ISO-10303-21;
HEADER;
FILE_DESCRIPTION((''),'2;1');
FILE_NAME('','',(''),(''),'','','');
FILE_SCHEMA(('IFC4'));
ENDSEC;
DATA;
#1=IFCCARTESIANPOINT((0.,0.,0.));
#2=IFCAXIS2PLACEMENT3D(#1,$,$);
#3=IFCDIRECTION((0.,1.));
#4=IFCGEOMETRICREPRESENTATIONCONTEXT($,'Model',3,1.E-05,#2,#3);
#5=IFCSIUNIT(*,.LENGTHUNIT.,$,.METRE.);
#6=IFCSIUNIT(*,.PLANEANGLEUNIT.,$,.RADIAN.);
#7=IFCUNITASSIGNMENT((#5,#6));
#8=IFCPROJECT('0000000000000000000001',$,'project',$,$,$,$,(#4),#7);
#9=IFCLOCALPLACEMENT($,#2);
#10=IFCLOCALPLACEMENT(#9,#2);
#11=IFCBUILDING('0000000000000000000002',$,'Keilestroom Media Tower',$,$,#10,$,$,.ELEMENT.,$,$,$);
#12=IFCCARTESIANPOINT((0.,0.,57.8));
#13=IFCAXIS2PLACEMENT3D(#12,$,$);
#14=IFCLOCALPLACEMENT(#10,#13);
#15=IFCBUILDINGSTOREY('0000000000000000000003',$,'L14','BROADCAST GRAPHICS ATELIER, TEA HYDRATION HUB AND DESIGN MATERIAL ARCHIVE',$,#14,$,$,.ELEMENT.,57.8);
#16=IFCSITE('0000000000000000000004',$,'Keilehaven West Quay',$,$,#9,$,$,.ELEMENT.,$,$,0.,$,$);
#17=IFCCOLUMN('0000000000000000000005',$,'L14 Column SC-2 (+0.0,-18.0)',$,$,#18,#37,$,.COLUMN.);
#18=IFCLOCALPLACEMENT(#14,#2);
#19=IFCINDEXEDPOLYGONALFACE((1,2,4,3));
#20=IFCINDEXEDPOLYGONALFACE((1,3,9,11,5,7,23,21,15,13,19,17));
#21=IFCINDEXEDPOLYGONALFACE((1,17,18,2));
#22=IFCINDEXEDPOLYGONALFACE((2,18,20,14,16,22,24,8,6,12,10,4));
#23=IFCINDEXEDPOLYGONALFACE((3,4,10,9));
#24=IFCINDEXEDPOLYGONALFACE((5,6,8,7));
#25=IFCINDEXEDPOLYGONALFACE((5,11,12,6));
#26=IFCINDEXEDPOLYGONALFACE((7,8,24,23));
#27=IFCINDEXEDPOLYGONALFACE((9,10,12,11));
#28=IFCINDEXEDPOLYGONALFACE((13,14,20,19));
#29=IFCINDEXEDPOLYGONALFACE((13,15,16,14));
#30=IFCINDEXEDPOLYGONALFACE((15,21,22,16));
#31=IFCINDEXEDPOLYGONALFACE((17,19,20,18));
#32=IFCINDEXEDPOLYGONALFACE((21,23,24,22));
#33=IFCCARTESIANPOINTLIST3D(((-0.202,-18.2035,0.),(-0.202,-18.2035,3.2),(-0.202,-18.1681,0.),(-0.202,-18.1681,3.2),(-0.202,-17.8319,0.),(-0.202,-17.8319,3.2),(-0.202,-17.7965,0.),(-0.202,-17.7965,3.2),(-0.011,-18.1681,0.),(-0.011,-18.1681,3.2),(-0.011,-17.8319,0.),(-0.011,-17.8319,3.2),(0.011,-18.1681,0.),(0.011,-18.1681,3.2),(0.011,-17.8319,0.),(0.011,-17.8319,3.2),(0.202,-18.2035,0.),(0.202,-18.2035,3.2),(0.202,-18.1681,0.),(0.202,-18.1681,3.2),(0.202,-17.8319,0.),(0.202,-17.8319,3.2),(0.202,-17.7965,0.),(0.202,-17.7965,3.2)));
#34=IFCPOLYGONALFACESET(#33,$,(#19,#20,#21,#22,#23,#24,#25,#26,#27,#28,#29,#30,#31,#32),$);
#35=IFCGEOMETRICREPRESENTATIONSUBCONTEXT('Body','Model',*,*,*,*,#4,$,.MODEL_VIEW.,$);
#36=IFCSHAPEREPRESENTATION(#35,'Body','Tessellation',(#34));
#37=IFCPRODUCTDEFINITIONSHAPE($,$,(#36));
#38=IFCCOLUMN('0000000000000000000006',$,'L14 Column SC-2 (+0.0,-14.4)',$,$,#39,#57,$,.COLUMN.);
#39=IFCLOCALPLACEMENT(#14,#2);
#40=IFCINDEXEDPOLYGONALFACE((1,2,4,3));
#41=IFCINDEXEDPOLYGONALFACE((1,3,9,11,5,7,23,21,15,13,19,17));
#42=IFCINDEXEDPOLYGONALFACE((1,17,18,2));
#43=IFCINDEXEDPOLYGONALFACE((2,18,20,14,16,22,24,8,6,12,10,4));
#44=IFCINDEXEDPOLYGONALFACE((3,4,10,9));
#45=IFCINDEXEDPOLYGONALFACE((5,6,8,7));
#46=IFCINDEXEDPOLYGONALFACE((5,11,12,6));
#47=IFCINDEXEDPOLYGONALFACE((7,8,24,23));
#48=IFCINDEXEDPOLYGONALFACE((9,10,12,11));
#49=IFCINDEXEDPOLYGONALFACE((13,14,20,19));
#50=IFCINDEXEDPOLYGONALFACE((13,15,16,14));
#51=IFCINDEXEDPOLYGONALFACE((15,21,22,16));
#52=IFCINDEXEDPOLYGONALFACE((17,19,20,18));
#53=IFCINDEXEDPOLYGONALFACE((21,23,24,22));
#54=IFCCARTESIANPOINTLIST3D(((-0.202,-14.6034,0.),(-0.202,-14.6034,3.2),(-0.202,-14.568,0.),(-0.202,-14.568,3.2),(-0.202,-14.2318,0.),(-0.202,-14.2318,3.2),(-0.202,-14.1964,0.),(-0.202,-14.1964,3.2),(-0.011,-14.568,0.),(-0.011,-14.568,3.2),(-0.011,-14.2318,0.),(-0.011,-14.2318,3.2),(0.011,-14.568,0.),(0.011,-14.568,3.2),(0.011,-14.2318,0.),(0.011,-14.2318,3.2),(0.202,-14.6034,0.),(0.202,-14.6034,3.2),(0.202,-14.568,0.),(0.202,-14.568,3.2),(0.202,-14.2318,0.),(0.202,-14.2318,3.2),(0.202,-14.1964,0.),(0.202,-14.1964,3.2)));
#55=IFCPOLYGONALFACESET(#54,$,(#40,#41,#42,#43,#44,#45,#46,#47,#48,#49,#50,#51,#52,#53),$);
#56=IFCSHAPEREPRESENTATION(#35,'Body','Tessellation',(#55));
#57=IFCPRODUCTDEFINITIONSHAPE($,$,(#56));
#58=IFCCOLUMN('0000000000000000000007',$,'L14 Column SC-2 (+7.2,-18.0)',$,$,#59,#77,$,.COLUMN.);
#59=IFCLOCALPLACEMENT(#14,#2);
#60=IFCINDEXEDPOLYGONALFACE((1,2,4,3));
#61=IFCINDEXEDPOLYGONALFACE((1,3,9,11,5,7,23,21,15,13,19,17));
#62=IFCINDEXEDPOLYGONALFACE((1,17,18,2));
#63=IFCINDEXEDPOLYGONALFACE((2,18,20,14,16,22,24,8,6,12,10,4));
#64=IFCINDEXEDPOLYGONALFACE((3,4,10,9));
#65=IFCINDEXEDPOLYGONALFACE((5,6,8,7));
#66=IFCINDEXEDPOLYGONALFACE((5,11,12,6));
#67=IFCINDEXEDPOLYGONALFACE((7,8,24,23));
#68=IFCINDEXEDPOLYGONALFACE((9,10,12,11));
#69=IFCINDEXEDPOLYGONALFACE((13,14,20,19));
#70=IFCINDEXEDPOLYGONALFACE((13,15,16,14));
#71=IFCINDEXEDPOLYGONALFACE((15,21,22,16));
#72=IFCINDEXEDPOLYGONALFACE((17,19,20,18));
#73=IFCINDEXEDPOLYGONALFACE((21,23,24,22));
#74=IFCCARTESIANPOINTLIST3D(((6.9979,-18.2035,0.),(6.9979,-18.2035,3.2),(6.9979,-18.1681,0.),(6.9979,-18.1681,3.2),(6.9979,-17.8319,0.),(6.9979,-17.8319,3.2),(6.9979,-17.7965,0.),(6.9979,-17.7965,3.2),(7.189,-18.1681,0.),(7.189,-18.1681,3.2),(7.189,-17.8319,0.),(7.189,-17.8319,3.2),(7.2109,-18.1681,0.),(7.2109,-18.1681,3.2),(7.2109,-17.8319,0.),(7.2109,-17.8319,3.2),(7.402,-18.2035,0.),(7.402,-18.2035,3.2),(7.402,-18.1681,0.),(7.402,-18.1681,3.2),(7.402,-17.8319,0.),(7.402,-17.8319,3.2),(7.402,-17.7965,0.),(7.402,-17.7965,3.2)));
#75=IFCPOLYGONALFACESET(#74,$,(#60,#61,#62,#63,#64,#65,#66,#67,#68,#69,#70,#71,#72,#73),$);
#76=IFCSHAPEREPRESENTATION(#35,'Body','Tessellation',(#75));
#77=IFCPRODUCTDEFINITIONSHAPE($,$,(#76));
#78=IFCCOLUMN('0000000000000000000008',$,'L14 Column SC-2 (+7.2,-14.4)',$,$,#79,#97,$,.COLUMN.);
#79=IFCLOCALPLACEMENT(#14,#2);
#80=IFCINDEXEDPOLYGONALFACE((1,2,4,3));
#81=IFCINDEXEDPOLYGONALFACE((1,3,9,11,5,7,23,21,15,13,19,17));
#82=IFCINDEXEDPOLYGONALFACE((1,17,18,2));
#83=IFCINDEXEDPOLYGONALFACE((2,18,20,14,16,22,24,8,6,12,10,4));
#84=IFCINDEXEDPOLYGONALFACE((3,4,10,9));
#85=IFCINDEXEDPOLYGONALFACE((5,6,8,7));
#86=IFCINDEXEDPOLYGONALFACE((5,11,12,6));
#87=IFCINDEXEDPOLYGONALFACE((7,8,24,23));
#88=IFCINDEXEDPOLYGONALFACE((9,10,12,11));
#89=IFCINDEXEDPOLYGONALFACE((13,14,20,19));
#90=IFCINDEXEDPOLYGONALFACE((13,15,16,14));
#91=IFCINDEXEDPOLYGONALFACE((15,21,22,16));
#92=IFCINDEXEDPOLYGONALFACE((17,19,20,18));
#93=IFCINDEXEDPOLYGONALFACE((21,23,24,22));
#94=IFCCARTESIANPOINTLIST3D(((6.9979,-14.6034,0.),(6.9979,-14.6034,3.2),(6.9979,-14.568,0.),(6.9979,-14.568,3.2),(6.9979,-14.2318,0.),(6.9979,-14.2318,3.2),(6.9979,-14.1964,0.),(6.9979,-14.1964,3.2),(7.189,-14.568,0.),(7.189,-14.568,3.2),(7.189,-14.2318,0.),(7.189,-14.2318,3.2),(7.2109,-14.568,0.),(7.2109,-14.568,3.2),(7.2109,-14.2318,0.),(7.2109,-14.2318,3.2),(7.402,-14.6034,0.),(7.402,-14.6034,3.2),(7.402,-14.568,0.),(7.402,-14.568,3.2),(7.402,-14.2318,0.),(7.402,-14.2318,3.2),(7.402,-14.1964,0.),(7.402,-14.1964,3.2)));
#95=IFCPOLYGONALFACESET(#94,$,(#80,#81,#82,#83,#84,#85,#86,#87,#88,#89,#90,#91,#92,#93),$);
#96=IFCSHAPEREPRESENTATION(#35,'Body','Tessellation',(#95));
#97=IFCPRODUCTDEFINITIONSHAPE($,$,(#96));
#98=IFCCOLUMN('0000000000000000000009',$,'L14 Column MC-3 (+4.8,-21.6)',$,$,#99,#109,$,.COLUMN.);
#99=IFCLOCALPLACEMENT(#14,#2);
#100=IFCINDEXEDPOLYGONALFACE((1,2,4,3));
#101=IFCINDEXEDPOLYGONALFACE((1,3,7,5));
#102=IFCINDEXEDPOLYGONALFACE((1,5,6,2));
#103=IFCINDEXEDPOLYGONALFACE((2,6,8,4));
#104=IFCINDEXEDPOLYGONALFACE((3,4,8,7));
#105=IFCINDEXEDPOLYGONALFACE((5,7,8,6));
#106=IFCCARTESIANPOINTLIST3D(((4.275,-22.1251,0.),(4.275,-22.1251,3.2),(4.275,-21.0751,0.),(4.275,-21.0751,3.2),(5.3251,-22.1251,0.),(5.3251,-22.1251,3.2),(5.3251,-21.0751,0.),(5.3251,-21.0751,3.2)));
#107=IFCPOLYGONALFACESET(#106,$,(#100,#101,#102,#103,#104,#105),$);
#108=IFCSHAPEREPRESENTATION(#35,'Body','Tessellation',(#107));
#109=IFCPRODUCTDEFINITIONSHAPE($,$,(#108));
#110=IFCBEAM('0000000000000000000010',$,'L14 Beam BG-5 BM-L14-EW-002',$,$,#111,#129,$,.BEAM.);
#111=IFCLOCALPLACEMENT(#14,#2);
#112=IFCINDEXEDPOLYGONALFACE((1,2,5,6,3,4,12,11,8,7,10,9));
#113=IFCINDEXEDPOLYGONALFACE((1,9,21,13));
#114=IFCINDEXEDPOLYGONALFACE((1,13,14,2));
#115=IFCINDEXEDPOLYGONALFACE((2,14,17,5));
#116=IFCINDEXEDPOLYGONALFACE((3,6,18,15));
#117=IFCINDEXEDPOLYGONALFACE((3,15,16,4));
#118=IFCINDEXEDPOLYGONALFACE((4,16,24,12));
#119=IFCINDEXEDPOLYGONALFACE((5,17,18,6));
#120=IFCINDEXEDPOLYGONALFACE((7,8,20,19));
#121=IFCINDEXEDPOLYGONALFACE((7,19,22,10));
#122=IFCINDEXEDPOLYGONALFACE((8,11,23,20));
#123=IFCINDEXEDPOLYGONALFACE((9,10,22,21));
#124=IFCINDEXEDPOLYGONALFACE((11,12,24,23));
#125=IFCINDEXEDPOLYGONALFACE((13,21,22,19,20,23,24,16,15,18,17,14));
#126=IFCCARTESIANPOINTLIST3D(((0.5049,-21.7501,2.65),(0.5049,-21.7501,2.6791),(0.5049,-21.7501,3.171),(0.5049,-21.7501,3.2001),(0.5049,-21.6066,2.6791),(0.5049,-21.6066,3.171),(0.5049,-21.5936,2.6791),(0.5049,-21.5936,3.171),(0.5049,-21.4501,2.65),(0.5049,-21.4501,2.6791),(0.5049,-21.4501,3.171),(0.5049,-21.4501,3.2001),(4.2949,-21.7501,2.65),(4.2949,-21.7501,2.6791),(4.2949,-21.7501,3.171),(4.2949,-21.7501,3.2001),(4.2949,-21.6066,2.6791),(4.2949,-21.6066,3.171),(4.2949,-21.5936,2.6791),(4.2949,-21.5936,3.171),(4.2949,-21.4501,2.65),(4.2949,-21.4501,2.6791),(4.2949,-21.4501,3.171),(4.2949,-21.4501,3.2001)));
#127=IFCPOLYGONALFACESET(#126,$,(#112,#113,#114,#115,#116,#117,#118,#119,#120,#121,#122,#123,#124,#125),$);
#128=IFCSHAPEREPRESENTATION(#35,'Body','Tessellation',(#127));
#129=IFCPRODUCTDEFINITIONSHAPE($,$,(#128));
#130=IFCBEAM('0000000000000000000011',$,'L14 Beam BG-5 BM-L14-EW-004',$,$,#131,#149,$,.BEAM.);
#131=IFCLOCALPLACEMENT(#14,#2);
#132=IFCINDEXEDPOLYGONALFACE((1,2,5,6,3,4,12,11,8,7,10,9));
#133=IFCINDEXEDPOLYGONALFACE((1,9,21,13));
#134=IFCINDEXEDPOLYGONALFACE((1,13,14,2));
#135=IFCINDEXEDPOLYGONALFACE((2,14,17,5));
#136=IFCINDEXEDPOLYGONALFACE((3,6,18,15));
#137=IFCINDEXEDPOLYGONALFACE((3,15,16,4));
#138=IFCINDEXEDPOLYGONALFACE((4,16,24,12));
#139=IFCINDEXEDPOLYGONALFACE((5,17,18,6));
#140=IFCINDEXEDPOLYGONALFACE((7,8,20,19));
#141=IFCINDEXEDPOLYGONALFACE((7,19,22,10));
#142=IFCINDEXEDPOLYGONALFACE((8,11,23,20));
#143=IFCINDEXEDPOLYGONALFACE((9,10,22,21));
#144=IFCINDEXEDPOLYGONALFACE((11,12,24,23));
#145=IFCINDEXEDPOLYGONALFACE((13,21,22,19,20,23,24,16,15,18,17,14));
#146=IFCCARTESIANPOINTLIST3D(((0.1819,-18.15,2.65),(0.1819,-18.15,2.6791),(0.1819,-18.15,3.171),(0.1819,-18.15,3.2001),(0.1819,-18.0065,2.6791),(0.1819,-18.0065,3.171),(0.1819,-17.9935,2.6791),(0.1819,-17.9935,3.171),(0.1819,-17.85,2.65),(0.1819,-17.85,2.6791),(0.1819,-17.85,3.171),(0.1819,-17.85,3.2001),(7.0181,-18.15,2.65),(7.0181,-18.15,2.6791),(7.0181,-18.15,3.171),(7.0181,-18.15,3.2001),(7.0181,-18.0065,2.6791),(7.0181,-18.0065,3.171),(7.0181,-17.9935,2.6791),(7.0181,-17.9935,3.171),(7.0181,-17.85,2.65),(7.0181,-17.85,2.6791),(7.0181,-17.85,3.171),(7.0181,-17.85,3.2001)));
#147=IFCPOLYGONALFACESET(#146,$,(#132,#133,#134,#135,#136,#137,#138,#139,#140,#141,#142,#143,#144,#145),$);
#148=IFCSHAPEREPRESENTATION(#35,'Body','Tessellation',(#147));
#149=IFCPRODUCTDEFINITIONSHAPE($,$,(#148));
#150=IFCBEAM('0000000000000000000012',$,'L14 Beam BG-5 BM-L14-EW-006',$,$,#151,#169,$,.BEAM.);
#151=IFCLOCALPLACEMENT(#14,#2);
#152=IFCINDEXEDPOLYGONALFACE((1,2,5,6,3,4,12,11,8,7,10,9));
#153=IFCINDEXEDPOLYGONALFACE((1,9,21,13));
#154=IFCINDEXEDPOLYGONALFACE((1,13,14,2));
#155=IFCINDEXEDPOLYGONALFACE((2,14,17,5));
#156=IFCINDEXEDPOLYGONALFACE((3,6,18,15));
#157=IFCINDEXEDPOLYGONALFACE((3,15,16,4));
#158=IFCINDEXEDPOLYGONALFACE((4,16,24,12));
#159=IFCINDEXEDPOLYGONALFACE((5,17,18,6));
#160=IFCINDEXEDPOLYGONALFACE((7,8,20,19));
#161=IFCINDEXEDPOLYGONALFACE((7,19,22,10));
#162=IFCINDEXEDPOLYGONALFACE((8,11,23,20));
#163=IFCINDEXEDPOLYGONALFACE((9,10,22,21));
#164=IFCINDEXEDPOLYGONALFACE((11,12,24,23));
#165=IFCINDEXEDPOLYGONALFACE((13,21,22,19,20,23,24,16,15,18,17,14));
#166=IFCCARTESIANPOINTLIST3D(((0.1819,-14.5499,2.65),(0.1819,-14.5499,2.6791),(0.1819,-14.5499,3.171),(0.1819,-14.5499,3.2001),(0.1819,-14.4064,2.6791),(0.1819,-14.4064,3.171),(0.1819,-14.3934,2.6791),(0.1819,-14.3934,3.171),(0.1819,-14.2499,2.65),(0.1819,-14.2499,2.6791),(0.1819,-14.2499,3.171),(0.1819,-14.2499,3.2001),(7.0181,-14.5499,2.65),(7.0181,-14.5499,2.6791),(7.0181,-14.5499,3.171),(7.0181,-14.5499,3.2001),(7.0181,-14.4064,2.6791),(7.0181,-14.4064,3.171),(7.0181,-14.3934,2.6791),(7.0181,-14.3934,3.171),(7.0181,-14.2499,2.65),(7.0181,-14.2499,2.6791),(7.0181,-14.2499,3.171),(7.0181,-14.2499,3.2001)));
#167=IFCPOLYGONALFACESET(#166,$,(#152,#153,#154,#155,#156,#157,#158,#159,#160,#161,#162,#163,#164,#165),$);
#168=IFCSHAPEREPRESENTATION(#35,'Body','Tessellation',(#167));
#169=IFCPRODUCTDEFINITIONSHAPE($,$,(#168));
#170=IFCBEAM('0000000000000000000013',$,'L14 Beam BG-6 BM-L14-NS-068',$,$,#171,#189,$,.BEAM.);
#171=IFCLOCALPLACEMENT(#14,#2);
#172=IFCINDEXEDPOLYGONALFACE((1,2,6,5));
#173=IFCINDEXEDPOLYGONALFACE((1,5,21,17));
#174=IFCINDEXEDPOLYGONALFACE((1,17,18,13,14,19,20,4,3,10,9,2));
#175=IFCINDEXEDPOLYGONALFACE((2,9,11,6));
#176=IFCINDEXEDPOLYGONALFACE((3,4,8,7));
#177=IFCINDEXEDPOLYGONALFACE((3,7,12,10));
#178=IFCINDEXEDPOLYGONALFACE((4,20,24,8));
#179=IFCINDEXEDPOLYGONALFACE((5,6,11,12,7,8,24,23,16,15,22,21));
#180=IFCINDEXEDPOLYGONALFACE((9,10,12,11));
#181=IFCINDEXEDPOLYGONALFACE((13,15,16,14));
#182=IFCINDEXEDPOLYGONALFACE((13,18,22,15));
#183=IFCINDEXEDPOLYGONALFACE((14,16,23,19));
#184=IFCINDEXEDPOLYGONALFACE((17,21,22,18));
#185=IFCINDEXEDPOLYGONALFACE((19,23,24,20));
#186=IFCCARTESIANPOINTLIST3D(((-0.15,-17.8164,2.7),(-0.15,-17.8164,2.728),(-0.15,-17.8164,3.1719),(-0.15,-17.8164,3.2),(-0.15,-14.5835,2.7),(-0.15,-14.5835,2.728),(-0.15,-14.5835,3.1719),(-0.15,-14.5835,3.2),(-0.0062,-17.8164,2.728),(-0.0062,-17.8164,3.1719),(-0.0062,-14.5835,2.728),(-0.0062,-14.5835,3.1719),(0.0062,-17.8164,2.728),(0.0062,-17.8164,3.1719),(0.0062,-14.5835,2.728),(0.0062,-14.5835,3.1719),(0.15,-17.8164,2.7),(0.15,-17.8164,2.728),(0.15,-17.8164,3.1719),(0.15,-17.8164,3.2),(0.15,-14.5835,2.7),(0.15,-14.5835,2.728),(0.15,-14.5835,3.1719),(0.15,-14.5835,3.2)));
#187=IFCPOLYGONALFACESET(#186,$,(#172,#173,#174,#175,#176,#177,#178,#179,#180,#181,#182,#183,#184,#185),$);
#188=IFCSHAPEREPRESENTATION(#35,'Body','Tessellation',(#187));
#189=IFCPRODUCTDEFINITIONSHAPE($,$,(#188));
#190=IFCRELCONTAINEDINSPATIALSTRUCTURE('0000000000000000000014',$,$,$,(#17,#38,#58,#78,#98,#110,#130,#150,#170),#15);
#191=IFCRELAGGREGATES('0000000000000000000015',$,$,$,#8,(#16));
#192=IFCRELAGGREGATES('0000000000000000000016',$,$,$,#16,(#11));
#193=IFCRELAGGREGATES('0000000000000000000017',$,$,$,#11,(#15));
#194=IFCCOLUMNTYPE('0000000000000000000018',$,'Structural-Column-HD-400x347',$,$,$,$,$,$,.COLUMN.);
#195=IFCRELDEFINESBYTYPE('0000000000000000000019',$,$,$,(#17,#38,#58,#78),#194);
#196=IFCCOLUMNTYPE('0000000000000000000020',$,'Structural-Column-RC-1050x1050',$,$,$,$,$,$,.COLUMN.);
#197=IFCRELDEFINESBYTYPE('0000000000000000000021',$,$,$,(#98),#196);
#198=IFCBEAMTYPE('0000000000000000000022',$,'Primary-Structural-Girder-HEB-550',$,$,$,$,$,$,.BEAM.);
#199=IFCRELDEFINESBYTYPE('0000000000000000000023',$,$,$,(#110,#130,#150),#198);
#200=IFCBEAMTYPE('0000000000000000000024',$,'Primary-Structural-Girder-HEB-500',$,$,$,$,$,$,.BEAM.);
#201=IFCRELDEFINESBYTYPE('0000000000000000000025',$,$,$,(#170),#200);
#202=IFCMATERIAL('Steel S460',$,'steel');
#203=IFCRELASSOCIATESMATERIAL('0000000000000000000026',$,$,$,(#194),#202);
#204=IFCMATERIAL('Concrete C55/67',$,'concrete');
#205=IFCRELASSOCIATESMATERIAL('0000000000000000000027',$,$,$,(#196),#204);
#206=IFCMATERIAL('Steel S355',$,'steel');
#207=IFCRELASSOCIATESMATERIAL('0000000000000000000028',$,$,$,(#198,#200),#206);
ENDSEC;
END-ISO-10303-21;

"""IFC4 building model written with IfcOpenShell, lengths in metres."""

from ifc_helpers import new_model, si_unit, direction, frame, origin, origin_2d, place, context, subcontext, project, spatial, rectangle, i_section, extrude, source, transform, mapped, material, material_profile, profile_set, type_object, element, save


model = new_model("IFC4")

# Units and contexts
model_context = context("Model", 3, precision=1e-05, world=origin(), true_north=direction((0.0, 1.0)))
body_context = subcontext(model_context, "Body", "Model", "MODEL_VIEW")
ifc_project = project(units=[si_unit("LENGTHUNIT", "METRE"), si_unit("PLANEANGLEUNIT", "RADIAN")], contexts=[model_context])

# Site, building, storey
site_placement = place(None, origin())
site = spatial("IfcSite", under=ifc_project, at=site_placement, Name="Keilehaven West Quay", CompositionType="ELEMENT", RefElevation=0.0)
building_placement = place(site_placement, origin())
building = spatial("IfcBuilding", under=site, at=building_placement, Name="Keilestroom Media Tower", CompositionType="ELEMENT")
storey_placement = place(building_placement, frame((0.0, 0.0, 57.8)))
storey = spatial("IfcBuildingStorey", under=building, at=storey_placement, Name="L14", Description="BROADCAST GRAPHICS ATELIER, TEA HYDRATION HUB AND DESIGN MATERIAL ARCHIVE", CompositionType="ELEMENT", Elevation=57.8)

# Columns
ifc_material_1 = material(Name="Steel S460", Category="steel")
ifc_material_profile_1 = material_profile(ifc_material_1, i_section(OverallWidth=0.4041, OverallDepth=0.407, WebThickness=0.022, FlangeThickness=0.0354, at=origin_2d()), Name="HD 400x347")
ifc_profile_set_1 = profile_set([ifc_material_profile_1], Name="Steel S460")
column_type_1 = type_object("IfcColumnType", Name="Structural-Column-HD-400x347", PredefinedType="COLUMN", material=ifc_profile_set_1)
shared_shape_1 = source(origin(), body_context, "Body", "SweptSolid", [
    extrude(i_section(OverallWidth=0.4041, OverallDepth=0.407, WebThickness=0.022, FlangeThickness=0.0354, at=origin_2d()), origin(), (0.0, 0.0, 1.0), 3.2),
])
for number, where, z_axis, x_axis, name in (
    (1, (0.0, -18.0, 0.0), (0.0, 0.0, 1.0), (1.0, 0.0, 0.0), "L14 Column SC-2 (+0.0,-18.0)"),
    (2, (0.0, -14.3999, 0.0), (0.0, 0.0, 1.0), (1.0, 0.0, 0.0), "L14 Column SC-2 (+0.0,-14.4)"),
    (3, (7.2, -18.0, 0.0), (0.0, 0.0, 1.0), (1.0, 0.0, 0.0), "L14 Column SC-2 (+7.2,-18.0)"),
    (4, (7.2, -14.3999, 0.0), (0.0, 0.0, 1.0), (1.0, 0.0, 0.0), "L14 Column SC-2 (+7.2,-14.4)"),
):
    element("IfcColumn", number, at=place(storey_placement, frame(where, z_axis=z_axis, x_axis=x_axis)), inside=storey, type_object=column_type_1, Name=name, PredefinedType="COLUMN", context=body_context, shape_type="MappedRepresentation", body=[
        mapped(shared_shape_1, transform((0.0, 0.0, 0.0), x_axis=(1.0, 0.0, 0.0), y_axis=(0.0, 1.0, 0.0), z_axis=(0.0, 0.0, 1.0), scale=1.0)),
    ])
ifc_material_2 = material(Name="Concrete C55/67", Category="concrete")
ifc_material_profile_2 = material_profile(ifc_material_2, rectangle(XDim=1.05, YDim=1.05, at=origin_2d()), Name="RC 1050x1050")
ifc_profile_set_2 = profile_set([ifc_material_profile_2], Name="Concrete C55/67")
column_type_2 = type_object("IfcColumnType", Name="Structural-Column-RC-1050x1050", PredefinedType="COLUMN", material=ifc_profile_set_2)
shared_shape_2 = source(origin(), body_context, "Body", "SweptSolid", [
    extrude(rectangle(XDim=1.05, YDim=1.05, at=origin_2d()), origin(), (0.0, 0.0, 1.0), 3.2),
])
column_placement = place(storey_placement, frame((4.8, -21.6001, 0.0), z_axis=(0.0, 0.0, 1.0), x_axis=(1.0, 0.0, 0.0)))
element("IfcColumn", 5, at=column_placement, inside=storey, type_object=column_type_2, Name="L14 Column MC-3 (+4.8,-21.6)", PredefinedType="COLUMN", context=body_context, shape_type="MappedRepresentation", body=[
    mapped(shared_shape_2, transform((0.0, 0.0, 0.0), x_axis=(1.0, 0.0, 0.0), y_axis=(0.0, 1.0, 0.0), z_axis=(0.0, 0.0, 1.0), scale=1.0)),
])

# Beams
ifc_material_3 = material(Name="Steel S355", Category="steel")
ifc_material_profile_3 = material_profile(ifc_material_3, i_section(OverallWidth=0.3, OverallDepth=0.55, WebThickness=0.0129, FlangeThickness=0.0291, at=origin_2d()), Name="HEB 550")
ifc_profile_set_3 = profile_set([ifc_material_profile_3], Name="Steel S355")
beam_type_1 = type_object("IfcBeamType", Name="Primary-Structural-Girder-HEB-550", PredefinedType="BEAM", material=ifc_profile_set_3)
shared_shape_3 = source(origin(), body_context, "Body", "SweptSolid", [
    extrude(i_section(OverallWidth=0.3, OverallDepth=0.55, WebThickness=0.0129, FlangeThickness=0.0291, at=origin_2d()), origin(), (0.0, 0.0, 1.0), 3.79),
])
beam_1_placement = place(storey_placement, frame((0.5049, -21.6001, 2.925), z_axis=(1.0, 0.0, 0.0), x_axis=(0.0, 1.0, 0.0)))
element("IfcBeam", 6, at=beam_1_placement, inside=storey, type_object=beam_type_1, Name="L14 Beam BG-5 BM-L14-EW-002", PredefinedType="BEAM", context=body_context, shape_type="MappedRepresentation", body=[
    mapped(shared_shape_3, transform((0.0, 0.0, 0.0), x_axis=(1.0, 0.0, 0.0), y_axis=(0.0, 1.0, 0.0), z_axis=(0.0, 0.0, 1.0), scale=1.0)),
])
shared_shape_4 = source(origin(), body_context, "Body", "SweptSolid", [
    extrude(i_section(OverallWidth=0.3, OverallDepth=0.55, WebThickness=0.0129, FlangeThickness=0.0291, at=origin_2d()), origin(), (0.0, 0.0, 1.0), 6.8362),
])
for number, where, z_axis, x_axis, name in (
    (7, (0.1819, -18.0, 2.925), (1.0, 0.0, 0.0), (0.0, 1.0, 0.0), "L14 Beam BG-5 BM-L14-EW-004"),
    (8, (0.1819, -14.3999, 2.925), (1.0, 0.0, 0.0), (0.0, 1.0, 0.0), "L14 Beam BG-5 BM-L14-EW-006"),
):
    element("IfcBeam", number, at=place(storey_placement, frame(where, z_axis=z_axis, x_axis=x_axis)), inside=storey, type_object=beam_type_1, Name=name, PredefinedType="BEAM", context=body_context, shape_type="MappedRepresentation", body=[
        mapped(shared_shape_4, transform((0.0, 0.0, 0.0), x_axis=(1.0, 0.0, 0.0), y_axis=(0.0, 1.0, 0.0), z_axis=(0.0, 0.0, 1.0), scale=1.0)),
    ])
ifc_material_profile_4 = material_profile(ifc_material_3, i_section(OverallWidth=0.3, OverallDepth=0.5, WebThickness=0.0125, FlangeThickness=0.0281, at=origin_2d()), Name="HEB 500")
ifc_profile_set_4 = profile_set([ifc_material_profile_4], Name="Steel S355")
beam_type_2 = type_object("IfcBeamType", Name="Primary-Structural-Girder-HEB-500", PredefinedType="BEAM", material=ifc_profile_set_4)
shared_shape_5 = source(origin(), body_context, "Body", "SweptSolid", [
    extrude(i_section(OverallWidth=0.3, OverallDepth=0.5, WebThickness=0.0125, FlangeThickness=0.0281, at=origin_2d()), origin(), (0.0, 0.0, 1.0), 3.2329),
])
for number, where, z_axis, x_axis, name in (
    (9, (0.0, -17.8164, 2.95), (0.0, 1.0, 0.0), (-1.0, 0.0, 0.0), "L14 Beam BG-6 BM-L14-NS-068"),
):
    element("IfcBeam", number, at=place(storey_placement, frame(where, z_axis=z_axis, x_axis=x_axis)), inside=storey, type_object=beam_type_2, Name=name, PredefinedType="BEAM", context=body_context, shape_type="MappedRepresentation", body=[
        mapped(shared_shape_5, transform((0.0, 0.0, 0.0), x_axis=(1.0, 0.0, 0.0), y_axis=(0.0, 1.0, 0.0), z_axis=(0.0, 0.0, 1.0), scale=1.0)),
    ])

save(model, "model.ifc")
